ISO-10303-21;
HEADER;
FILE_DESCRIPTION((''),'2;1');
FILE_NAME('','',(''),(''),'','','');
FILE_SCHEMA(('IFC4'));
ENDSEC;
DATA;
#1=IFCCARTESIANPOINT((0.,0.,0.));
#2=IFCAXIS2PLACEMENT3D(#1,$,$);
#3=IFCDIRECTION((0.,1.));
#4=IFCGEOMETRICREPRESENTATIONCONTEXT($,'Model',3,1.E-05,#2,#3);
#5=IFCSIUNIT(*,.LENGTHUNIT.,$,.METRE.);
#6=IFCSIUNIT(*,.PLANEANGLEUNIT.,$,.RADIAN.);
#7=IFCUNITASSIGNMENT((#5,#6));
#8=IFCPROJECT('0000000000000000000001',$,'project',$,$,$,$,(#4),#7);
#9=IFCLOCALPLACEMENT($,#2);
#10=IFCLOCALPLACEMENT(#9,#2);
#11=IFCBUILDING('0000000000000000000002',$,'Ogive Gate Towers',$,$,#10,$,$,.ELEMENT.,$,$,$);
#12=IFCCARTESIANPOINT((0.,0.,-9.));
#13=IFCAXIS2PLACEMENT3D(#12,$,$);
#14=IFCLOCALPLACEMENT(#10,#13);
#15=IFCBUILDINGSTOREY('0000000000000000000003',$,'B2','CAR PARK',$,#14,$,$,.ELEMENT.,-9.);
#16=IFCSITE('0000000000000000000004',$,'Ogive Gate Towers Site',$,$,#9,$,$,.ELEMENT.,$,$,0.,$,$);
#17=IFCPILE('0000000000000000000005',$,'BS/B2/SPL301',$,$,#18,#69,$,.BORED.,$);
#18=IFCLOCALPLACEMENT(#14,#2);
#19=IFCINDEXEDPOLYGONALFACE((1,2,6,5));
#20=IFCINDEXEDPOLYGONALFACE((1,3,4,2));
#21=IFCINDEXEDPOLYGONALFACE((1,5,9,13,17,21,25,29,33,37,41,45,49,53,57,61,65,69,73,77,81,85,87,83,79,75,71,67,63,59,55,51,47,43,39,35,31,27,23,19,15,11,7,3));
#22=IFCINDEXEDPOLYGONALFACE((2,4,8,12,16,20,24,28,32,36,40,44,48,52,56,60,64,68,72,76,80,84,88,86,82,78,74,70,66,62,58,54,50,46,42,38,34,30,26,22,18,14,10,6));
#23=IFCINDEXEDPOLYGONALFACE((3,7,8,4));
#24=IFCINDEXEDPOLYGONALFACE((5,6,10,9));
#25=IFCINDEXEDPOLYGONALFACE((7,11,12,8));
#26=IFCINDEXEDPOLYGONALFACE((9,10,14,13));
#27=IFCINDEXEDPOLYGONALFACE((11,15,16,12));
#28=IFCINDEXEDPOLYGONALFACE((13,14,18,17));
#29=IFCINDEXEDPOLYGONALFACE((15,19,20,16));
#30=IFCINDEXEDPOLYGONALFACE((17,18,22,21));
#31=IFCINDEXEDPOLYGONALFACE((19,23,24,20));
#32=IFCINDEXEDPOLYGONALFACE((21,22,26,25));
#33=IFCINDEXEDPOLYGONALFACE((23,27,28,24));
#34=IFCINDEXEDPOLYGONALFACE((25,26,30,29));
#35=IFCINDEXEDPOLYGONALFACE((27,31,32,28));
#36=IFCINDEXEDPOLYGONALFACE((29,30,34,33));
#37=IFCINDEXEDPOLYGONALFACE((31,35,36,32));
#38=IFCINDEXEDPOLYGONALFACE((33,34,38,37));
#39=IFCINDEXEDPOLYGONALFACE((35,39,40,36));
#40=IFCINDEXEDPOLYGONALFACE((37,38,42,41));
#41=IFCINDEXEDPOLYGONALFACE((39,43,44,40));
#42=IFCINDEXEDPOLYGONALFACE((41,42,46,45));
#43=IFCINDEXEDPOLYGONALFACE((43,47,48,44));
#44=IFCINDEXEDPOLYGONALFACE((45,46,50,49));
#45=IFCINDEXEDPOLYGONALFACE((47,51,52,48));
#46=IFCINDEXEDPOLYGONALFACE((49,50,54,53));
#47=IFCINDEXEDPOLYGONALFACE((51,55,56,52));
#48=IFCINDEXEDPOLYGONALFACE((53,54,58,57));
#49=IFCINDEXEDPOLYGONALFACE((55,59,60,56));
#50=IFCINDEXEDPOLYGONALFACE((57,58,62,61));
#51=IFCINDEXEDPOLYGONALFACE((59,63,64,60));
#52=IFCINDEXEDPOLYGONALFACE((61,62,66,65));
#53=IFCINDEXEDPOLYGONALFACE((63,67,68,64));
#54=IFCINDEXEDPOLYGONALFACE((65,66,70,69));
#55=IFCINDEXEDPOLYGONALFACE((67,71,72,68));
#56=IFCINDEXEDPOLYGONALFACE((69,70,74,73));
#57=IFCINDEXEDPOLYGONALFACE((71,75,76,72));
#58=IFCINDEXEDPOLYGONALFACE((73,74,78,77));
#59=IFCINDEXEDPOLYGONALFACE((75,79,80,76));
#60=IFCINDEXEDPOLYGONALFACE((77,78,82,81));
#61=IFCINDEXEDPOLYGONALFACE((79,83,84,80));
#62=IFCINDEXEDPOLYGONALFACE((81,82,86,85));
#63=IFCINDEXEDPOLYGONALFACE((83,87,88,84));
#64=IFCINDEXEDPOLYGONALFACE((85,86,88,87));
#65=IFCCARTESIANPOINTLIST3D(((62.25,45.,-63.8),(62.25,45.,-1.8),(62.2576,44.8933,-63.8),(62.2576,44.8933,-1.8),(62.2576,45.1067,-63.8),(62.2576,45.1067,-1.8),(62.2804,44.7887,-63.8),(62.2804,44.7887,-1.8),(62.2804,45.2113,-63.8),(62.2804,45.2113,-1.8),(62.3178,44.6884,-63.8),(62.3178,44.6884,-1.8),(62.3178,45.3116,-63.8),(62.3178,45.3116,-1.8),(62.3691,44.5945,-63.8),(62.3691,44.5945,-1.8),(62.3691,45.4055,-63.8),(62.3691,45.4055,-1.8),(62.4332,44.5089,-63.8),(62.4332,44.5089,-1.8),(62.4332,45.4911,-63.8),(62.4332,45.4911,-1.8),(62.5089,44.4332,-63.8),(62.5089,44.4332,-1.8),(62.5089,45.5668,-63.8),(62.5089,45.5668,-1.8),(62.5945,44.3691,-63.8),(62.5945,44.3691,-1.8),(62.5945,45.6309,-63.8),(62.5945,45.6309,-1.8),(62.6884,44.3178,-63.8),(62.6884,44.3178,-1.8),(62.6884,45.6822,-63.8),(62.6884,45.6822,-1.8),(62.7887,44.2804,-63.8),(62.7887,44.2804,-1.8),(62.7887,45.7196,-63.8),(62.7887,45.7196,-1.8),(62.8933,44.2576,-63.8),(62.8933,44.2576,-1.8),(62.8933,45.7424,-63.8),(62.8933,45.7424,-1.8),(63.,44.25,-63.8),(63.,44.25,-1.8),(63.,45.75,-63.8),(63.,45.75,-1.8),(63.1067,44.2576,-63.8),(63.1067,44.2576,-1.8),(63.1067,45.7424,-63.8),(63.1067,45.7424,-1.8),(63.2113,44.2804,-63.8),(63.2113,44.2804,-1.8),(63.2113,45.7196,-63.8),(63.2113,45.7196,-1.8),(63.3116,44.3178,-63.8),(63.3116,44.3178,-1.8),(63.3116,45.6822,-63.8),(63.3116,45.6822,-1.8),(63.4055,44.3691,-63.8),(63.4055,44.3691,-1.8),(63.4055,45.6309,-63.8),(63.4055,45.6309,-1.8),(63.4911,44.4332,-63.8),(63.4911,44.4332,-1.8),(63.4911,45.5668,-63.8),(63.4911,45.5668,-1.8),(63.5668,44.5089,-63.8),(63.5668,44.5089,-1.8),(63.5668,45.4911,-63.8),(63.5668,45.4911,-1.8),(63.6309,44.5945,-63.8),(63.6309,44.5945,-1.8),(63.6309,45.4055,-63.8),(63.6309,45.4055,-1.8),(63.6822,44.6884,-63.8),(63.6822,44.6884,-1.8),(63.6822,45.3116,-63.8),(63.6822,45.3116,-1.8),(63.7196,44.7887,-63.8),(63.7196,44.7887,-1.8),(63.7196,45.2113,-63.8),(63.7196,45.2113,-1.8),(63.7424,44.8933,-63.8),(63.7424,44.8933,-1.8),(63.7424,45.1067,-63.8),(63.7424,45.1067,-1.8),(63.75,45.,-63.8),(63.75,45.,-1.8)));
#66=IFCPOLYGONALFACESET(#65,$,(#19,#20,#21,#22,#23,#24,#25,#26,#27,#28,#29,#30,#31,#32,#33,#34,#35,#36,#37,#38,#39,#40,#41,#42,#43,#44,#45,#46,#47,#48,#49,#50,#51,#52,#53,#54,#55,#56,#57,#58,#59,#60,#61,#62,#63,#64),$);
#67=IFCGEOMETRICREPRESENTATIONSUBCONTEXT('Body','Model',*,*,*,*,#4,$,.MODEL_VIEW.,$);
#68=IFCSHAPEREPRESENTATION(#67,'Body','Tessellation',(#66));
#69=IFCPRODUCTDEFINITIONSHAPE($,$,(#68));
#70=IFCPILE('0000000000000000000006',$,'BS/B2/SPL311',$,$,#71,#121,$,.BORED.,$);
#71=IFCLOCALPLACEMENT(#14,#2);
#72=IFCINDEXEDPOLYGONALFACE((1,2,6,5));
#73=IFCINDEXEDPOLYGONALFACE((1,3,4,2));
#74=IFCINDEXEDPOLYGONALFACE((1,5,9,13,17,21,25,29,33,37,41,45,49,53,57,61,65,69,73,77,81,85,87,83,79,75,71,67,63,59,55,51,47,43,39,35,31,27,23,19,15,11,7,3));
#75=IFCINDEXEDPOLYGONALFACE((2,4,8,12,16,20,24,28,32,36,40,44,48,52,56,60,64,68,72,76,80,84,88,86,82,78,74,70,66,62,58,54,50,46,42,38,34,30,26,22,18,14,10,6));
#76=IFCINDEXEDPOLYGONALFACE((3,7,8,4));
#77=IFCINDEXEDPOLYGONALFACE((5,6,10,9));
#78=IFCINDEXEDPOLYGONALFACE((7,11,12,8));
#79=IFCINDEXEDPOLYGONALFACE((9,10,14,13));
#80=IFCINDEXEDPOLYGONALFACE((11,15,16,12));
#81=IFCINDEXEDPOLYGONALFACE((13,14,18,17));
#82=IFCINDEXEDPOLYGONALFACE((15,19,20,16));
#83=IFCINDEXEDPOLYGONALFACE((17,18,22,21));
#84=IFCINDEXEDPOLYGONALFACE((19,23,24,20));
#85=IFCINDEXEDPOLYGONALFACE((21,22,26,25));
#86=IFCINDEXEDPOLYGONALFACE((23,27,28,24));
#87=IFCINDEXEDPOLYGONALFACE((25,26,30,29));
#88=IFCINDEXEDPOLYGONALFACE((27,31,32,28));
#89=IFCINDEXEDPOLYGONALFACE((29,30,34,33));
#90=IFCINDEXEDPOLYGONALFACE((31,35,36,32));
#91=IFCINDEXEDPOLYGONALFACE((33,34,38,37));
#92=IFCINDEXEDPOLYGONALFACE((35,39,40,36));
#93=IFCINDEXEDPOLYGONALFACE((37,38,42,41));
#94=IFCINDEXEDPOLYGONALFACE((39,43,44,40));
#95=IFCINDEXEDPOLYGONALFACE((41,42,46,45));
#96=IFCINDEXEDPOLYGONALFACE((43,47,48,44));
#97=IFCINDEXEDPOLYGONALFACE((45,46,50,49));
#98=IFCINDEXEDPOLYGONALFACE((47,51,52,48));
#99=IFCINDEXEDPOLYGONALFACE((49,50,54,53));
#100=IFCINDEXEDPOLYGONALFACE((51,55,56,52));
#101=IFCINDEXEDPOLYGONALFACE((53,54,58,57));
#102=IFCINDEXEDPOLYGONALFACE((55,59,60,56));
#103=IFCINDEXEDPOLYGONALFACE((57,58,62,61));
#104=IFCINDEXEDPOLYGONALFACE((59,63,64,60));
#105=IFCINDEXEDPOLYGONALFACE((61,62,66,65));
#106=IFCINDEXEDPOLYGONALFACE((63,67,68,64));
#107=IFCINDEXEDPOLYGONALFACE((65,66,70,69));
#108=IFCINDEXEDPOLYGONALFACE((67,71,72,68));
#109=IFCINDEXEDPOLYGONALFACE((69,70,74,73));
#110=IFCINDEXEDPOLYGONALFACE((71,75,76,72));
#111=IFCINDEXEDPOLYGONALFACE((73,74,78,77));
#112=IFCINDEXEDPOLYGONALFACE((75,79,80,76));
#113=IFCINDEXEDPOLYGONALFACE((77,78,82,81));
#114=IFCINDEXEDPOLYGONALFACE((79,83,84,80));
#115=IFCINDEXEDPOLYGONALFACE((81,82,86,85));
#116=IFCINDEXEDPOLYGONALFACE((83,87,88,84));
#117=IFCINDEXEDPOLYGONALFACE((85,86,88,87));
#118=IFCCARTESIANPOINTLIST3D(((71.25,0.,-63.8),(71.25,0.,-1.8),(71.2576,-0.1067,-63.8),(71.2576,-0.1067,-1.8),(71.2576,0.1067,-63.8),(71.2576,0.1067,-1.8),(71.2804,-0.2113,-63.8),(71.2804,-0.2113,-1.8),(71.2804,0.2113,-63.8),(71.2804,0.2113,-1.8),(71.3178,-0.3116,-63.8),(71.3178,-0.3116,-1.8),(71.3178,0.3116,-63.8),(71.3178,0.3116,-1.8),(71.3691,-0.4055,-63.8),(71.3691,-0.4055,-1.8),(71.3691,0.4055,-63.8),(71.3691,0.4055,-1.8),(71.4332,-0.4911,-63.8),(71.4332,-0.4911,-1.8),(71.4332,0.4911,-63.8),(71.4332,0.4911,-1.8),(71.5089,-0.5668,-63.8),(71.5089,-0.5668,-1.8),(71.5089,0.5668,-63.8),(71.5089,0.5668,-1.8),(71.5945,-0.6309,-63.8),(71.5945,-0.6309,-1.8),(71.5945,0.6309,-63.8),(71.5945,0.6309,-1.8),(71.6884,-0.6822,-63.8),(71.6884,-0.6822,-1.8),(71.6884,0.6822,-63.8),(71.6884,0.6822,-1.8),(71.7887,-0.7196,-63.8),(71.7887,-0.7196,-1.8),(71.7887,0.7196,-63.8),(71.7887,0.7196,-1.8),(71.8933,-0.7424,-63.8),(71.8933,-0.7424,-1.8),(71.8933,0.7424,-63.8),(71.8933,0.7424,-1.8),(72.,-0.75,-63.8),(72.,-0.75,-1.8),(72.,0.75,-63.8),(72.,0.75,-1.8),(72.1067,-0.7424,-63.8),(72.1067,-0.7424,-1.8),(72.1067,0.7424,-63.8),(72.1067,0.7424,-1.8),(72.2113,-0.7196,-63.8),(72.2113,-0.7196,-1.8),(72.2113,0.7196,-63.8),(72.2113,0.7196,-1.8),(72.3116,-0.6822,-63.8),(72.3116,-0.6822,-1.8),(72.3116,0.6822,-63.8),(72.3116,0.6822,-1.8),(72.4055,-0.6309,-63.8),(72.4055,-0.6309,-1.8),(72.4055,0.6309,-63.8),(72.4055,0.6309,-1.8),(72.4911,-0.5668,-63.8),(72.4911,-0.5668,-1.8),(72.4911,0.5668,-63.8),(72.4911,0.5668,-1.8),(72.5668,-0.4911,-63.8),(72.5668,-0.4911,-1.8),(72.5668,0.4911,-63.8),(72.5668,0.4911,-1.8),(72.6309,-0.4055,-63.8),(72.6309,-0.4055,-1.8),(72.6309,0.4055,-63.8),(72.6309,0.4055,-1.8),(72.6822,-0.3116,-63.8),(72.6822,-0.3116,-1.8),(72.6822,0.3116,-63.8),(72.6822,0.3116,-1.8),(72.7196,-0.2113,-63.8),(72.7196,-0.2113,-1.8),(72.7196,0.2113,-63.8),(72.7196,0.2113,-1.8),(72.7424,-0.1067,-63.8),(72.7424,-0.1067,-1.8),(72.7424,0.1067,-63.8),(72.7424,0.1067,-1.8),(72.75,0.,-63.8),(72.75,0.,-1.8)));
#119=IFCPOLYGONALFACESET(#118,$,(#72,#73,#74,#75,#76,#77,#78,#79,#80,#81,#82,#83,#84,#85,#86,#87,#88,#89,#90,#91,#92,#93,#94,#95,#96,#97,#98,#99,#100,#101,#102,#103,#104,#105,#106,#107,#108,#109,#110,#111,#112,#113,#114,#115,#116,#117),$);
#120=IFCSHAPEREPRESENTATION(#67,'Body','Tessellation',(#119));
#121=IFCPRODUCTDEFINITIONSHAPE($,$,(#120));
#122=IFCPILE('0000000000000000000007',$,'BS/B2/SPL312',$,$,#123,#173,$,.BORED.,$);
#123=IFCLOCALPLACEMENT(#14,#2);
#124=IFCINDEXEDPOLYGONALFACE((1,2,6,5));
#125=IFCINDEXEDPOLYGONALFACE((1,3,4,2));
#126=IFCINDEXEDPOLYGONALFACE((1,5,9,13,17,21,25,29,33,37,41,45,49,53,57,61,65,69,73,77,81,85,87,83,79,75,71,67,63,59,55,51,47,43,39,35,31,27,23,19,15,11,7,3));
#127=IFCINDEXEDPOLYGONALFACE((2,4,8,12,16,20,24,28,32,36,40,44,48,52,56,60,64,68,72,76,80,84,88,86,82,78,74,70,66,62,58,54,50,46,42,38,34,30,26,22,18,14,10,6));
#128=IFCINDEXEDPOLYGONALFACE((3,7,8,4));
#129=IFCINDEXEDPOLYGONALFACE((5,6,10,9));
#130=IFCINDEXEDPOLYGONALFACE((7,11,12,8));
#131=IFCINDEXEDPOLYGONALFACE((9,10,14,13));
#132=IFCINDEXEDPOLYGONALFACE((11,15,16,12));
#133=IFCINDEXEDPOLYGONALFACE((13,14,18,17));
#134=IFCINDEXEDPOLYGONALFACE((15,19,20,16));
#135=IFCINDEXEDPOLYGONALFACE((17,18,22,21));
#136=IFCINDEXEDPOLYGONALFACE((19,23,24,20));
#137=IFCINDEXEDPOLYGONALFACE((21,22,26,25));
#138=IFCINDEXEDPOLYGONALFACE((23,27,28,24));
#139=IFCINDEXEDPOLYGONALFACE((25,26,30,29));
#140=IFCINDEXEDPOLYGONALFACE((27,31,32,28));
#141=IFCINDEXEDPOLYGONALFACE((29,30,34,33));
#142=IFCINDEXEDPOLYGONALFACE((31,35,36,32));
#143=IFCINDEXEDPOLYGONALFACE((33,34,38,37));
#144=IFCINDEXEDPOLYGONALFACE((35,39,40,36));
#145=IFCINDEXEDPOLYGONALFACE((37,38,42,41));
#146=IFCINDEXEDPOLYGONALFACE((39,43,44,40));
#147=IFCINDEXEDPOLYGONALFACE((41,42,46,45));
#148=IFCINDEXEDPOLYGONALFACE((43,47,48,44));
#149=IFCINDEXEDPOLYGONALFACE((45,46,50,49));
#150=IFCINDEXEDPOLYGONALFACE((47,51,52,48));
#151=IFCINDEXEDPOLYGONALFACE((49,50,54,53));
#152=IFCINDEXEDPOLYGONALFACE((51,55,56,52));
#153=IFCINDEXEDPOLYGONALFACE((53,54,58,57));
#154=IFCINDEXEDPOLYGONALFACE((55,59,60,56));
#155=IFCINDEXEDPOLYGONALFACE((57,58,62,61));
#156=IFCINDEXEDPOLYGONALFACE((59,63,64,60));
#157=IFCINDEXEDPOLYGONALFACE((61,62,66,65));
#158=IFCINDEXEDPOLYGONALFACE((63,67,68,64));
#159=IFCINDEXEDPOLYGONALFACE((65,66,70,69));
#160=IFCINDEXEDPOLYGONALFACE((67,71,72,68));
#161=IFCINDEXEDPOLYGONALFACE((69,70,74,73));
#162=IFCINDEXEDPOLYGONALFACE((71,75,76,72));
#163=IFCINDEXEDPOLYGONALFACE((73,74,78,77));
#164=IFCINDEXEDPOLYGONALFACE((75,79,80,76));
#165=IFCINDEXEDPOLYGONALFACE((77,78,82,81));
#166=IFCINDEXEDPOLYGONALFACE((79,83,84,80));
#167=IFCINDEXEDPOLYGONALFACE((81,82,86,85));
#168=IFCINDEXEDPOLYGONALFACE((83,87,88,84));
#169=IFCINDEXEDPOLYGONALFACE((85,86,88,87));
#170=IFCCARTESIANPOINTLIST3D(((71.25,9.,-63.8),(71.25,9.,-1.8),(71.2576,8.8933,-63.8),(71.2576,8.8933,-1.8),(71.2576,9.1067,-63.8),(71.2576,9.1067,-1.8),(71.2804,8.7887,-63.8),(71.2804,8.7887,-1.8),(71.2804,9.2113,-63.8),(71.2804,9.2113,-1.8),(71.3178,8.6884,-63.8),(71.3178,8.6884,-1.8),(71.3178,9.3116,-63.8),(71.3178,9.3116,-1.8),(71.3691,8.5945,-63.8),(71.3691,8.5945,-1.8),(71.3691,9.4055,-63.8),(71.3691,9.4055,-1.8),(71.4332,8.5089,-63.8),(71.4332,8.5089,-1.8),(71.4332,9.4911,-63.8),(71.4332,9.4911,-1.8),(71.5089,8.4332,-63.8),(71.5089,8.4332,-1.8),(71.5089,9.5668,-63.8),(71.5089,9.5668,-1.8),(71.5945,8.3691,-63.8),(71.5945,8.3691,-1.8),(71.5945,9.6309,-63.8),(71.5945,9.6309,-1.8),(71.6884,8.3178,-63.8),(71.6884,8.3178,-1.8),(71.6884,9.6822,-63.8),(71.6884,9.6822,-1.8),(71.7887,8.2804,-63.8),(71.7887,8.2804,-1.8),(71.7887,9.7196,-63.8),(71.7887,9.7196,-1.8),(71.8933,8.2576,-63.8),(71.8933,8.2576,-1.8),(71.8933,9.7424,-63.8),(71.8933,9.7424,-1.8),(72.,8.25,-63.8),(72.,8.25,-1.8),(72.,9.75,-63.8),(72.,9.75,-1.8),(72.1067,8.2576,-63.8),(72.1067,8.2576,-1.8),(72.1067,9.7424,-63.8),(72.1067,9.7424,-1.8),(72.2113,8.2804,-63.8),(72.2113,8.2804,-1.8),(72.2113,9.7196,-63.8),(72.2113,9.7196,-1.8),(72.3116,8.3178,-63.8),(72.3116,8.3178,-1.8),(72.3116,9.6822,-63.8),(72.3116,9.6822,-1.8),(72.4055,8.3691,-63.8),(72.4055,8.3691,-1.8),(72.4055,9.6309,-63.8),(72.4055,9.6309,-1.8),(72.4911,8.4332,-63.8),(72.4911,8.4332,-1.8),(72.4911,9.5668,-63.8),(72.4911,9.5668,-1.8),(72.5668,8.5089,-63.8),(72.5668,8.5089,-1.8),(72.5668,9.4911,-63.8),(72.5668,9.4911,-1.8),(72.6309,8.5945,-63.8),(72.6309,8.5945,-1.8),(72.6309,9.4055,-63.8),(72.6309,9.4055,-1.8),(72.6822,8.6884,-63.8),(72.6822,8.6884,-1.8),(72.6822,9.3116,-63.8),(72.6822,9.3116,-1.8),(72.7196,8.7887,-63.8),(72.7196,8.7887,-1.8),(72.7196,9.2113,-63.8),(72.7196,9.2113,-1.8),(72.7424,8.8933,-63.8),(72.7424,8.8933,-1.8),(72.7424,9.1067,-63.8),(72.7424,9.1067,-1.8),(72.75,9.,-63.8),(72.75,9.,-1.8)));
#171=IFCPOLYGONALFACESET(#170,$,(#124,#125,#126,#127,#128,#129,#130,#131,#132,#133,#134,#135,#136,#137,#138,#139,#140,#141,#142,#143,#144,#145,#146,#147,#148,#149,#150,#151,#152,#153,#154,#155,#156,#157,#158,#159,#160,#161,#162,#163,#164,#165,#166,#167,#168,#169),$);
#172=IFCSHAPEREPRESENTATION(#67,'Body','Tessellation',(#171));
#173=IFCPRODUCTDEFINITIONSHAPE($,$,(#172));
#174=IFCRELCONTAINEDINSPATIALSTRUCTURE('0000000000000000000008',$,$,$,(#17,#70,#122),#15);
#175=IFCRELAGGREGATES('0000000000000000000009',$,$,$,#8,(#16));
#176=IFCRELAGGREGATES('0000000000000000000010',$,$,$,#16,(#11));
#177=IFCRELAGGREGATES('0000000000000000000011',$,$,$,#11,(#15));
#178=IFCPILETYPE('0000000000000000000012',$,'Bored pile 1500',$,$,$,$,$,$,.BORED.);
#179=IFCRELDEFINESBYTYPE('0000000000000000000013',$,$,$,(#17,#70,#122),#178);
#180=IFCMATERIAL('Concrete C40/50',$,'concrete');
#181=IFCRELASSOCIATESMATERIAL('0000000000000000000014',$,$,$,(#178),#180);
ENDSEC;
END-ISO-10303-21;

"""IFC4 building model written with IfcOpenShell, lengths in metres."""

from ifc_helpers import new_model, si_unit, direction, frame, origin, origin_2d, place, context, subcontext, project, spatial, circle, extrude, material, material_profile, profile_set, type_object, element, save


model = new_model("IFC4")

# Units and contexts
model_context = context("Model", 3, precision=1e-05, world=origin(), true_north=direction((0.0, 1.0)))
body_context = subcontext(model_context, "Body", "Model", "MODEL_VIEW")
ifc_project = project(units=[si_unit("LENGTHUNIT", "METRE"), si_unit("PLANEANGLEUNIT", "RADIAN")], contexts=[model_context])

# Site, building, storey
site_placement = place(None, origin())
site = spatial("IfcSite", under=ifc_project, at=site_placement, Name="Ogive Gate Towers Site", CompositionType="ELEMENT", RefElevation=0.0)
building_placement = place(site_placement, origin())
building = spatial("IfcBuilding", under=site, at=building_placement, Name="Ogive Gate Towers", CompositionType="ELEMENT")
storey_placement = place(building_placement, frame((0.0, 0.0, -9.0)))
storey = spatial("IfcBuildingStorey", under=building, at=storey_placement, Name="B2", Description="CAR PARK", CompositionType="ELEMENT", Elevation=-9.0)

# Piles
ifc_material_1 = material(Name="Concrete C40/50", Category="concrete")
ifc_material_profile_1 = material_profile(ifc_material_1, circle(Radius=0.75, at=origin_2d()), Name="BP 1500")
ifc_profile_set_1 = profile_set([ifc_material_profile_1], Name="Concrete C40/50")
pile_type = type_object("IfcPileType", Name="Bored pile 1500", PredefinedType="BORED", material=ifc_profile_set_1)
for number, where, z_axis, x_axis, name in (
    (1, (63.0, 45.0, -1.8), (0.0, 0.0, -1.0), (1.0, 0.0, 0.0), "BS/B2/SPL301"),
    (2, (72.0, 0.0, -1.8), (0.0, 0.0, -1.0), (1.0, 0.0, 0.0), "BS/B2/SPL311"),
    (3, (72.0, 9.0, -1.8), (0.0, 0.0, -1.0), (1.0, 0.0, 0.0), "BS/B2/SPL312"),
):
    element("IfcPile", number, at=place(storey_placement, frame(where, z_axis=z_axis, x_axis=x_axis)), inside=storey, type_object=pile_type, Name=name, PredefinedType="BORED", context=body_context, shape_type="SweptSolid", body=[
        extrude(circle(Radius=0.75, at=origin_2d()), origin(), (0.0, 0.0, 1.0), 62.0),
    ])

save(model, "model.ifc")
